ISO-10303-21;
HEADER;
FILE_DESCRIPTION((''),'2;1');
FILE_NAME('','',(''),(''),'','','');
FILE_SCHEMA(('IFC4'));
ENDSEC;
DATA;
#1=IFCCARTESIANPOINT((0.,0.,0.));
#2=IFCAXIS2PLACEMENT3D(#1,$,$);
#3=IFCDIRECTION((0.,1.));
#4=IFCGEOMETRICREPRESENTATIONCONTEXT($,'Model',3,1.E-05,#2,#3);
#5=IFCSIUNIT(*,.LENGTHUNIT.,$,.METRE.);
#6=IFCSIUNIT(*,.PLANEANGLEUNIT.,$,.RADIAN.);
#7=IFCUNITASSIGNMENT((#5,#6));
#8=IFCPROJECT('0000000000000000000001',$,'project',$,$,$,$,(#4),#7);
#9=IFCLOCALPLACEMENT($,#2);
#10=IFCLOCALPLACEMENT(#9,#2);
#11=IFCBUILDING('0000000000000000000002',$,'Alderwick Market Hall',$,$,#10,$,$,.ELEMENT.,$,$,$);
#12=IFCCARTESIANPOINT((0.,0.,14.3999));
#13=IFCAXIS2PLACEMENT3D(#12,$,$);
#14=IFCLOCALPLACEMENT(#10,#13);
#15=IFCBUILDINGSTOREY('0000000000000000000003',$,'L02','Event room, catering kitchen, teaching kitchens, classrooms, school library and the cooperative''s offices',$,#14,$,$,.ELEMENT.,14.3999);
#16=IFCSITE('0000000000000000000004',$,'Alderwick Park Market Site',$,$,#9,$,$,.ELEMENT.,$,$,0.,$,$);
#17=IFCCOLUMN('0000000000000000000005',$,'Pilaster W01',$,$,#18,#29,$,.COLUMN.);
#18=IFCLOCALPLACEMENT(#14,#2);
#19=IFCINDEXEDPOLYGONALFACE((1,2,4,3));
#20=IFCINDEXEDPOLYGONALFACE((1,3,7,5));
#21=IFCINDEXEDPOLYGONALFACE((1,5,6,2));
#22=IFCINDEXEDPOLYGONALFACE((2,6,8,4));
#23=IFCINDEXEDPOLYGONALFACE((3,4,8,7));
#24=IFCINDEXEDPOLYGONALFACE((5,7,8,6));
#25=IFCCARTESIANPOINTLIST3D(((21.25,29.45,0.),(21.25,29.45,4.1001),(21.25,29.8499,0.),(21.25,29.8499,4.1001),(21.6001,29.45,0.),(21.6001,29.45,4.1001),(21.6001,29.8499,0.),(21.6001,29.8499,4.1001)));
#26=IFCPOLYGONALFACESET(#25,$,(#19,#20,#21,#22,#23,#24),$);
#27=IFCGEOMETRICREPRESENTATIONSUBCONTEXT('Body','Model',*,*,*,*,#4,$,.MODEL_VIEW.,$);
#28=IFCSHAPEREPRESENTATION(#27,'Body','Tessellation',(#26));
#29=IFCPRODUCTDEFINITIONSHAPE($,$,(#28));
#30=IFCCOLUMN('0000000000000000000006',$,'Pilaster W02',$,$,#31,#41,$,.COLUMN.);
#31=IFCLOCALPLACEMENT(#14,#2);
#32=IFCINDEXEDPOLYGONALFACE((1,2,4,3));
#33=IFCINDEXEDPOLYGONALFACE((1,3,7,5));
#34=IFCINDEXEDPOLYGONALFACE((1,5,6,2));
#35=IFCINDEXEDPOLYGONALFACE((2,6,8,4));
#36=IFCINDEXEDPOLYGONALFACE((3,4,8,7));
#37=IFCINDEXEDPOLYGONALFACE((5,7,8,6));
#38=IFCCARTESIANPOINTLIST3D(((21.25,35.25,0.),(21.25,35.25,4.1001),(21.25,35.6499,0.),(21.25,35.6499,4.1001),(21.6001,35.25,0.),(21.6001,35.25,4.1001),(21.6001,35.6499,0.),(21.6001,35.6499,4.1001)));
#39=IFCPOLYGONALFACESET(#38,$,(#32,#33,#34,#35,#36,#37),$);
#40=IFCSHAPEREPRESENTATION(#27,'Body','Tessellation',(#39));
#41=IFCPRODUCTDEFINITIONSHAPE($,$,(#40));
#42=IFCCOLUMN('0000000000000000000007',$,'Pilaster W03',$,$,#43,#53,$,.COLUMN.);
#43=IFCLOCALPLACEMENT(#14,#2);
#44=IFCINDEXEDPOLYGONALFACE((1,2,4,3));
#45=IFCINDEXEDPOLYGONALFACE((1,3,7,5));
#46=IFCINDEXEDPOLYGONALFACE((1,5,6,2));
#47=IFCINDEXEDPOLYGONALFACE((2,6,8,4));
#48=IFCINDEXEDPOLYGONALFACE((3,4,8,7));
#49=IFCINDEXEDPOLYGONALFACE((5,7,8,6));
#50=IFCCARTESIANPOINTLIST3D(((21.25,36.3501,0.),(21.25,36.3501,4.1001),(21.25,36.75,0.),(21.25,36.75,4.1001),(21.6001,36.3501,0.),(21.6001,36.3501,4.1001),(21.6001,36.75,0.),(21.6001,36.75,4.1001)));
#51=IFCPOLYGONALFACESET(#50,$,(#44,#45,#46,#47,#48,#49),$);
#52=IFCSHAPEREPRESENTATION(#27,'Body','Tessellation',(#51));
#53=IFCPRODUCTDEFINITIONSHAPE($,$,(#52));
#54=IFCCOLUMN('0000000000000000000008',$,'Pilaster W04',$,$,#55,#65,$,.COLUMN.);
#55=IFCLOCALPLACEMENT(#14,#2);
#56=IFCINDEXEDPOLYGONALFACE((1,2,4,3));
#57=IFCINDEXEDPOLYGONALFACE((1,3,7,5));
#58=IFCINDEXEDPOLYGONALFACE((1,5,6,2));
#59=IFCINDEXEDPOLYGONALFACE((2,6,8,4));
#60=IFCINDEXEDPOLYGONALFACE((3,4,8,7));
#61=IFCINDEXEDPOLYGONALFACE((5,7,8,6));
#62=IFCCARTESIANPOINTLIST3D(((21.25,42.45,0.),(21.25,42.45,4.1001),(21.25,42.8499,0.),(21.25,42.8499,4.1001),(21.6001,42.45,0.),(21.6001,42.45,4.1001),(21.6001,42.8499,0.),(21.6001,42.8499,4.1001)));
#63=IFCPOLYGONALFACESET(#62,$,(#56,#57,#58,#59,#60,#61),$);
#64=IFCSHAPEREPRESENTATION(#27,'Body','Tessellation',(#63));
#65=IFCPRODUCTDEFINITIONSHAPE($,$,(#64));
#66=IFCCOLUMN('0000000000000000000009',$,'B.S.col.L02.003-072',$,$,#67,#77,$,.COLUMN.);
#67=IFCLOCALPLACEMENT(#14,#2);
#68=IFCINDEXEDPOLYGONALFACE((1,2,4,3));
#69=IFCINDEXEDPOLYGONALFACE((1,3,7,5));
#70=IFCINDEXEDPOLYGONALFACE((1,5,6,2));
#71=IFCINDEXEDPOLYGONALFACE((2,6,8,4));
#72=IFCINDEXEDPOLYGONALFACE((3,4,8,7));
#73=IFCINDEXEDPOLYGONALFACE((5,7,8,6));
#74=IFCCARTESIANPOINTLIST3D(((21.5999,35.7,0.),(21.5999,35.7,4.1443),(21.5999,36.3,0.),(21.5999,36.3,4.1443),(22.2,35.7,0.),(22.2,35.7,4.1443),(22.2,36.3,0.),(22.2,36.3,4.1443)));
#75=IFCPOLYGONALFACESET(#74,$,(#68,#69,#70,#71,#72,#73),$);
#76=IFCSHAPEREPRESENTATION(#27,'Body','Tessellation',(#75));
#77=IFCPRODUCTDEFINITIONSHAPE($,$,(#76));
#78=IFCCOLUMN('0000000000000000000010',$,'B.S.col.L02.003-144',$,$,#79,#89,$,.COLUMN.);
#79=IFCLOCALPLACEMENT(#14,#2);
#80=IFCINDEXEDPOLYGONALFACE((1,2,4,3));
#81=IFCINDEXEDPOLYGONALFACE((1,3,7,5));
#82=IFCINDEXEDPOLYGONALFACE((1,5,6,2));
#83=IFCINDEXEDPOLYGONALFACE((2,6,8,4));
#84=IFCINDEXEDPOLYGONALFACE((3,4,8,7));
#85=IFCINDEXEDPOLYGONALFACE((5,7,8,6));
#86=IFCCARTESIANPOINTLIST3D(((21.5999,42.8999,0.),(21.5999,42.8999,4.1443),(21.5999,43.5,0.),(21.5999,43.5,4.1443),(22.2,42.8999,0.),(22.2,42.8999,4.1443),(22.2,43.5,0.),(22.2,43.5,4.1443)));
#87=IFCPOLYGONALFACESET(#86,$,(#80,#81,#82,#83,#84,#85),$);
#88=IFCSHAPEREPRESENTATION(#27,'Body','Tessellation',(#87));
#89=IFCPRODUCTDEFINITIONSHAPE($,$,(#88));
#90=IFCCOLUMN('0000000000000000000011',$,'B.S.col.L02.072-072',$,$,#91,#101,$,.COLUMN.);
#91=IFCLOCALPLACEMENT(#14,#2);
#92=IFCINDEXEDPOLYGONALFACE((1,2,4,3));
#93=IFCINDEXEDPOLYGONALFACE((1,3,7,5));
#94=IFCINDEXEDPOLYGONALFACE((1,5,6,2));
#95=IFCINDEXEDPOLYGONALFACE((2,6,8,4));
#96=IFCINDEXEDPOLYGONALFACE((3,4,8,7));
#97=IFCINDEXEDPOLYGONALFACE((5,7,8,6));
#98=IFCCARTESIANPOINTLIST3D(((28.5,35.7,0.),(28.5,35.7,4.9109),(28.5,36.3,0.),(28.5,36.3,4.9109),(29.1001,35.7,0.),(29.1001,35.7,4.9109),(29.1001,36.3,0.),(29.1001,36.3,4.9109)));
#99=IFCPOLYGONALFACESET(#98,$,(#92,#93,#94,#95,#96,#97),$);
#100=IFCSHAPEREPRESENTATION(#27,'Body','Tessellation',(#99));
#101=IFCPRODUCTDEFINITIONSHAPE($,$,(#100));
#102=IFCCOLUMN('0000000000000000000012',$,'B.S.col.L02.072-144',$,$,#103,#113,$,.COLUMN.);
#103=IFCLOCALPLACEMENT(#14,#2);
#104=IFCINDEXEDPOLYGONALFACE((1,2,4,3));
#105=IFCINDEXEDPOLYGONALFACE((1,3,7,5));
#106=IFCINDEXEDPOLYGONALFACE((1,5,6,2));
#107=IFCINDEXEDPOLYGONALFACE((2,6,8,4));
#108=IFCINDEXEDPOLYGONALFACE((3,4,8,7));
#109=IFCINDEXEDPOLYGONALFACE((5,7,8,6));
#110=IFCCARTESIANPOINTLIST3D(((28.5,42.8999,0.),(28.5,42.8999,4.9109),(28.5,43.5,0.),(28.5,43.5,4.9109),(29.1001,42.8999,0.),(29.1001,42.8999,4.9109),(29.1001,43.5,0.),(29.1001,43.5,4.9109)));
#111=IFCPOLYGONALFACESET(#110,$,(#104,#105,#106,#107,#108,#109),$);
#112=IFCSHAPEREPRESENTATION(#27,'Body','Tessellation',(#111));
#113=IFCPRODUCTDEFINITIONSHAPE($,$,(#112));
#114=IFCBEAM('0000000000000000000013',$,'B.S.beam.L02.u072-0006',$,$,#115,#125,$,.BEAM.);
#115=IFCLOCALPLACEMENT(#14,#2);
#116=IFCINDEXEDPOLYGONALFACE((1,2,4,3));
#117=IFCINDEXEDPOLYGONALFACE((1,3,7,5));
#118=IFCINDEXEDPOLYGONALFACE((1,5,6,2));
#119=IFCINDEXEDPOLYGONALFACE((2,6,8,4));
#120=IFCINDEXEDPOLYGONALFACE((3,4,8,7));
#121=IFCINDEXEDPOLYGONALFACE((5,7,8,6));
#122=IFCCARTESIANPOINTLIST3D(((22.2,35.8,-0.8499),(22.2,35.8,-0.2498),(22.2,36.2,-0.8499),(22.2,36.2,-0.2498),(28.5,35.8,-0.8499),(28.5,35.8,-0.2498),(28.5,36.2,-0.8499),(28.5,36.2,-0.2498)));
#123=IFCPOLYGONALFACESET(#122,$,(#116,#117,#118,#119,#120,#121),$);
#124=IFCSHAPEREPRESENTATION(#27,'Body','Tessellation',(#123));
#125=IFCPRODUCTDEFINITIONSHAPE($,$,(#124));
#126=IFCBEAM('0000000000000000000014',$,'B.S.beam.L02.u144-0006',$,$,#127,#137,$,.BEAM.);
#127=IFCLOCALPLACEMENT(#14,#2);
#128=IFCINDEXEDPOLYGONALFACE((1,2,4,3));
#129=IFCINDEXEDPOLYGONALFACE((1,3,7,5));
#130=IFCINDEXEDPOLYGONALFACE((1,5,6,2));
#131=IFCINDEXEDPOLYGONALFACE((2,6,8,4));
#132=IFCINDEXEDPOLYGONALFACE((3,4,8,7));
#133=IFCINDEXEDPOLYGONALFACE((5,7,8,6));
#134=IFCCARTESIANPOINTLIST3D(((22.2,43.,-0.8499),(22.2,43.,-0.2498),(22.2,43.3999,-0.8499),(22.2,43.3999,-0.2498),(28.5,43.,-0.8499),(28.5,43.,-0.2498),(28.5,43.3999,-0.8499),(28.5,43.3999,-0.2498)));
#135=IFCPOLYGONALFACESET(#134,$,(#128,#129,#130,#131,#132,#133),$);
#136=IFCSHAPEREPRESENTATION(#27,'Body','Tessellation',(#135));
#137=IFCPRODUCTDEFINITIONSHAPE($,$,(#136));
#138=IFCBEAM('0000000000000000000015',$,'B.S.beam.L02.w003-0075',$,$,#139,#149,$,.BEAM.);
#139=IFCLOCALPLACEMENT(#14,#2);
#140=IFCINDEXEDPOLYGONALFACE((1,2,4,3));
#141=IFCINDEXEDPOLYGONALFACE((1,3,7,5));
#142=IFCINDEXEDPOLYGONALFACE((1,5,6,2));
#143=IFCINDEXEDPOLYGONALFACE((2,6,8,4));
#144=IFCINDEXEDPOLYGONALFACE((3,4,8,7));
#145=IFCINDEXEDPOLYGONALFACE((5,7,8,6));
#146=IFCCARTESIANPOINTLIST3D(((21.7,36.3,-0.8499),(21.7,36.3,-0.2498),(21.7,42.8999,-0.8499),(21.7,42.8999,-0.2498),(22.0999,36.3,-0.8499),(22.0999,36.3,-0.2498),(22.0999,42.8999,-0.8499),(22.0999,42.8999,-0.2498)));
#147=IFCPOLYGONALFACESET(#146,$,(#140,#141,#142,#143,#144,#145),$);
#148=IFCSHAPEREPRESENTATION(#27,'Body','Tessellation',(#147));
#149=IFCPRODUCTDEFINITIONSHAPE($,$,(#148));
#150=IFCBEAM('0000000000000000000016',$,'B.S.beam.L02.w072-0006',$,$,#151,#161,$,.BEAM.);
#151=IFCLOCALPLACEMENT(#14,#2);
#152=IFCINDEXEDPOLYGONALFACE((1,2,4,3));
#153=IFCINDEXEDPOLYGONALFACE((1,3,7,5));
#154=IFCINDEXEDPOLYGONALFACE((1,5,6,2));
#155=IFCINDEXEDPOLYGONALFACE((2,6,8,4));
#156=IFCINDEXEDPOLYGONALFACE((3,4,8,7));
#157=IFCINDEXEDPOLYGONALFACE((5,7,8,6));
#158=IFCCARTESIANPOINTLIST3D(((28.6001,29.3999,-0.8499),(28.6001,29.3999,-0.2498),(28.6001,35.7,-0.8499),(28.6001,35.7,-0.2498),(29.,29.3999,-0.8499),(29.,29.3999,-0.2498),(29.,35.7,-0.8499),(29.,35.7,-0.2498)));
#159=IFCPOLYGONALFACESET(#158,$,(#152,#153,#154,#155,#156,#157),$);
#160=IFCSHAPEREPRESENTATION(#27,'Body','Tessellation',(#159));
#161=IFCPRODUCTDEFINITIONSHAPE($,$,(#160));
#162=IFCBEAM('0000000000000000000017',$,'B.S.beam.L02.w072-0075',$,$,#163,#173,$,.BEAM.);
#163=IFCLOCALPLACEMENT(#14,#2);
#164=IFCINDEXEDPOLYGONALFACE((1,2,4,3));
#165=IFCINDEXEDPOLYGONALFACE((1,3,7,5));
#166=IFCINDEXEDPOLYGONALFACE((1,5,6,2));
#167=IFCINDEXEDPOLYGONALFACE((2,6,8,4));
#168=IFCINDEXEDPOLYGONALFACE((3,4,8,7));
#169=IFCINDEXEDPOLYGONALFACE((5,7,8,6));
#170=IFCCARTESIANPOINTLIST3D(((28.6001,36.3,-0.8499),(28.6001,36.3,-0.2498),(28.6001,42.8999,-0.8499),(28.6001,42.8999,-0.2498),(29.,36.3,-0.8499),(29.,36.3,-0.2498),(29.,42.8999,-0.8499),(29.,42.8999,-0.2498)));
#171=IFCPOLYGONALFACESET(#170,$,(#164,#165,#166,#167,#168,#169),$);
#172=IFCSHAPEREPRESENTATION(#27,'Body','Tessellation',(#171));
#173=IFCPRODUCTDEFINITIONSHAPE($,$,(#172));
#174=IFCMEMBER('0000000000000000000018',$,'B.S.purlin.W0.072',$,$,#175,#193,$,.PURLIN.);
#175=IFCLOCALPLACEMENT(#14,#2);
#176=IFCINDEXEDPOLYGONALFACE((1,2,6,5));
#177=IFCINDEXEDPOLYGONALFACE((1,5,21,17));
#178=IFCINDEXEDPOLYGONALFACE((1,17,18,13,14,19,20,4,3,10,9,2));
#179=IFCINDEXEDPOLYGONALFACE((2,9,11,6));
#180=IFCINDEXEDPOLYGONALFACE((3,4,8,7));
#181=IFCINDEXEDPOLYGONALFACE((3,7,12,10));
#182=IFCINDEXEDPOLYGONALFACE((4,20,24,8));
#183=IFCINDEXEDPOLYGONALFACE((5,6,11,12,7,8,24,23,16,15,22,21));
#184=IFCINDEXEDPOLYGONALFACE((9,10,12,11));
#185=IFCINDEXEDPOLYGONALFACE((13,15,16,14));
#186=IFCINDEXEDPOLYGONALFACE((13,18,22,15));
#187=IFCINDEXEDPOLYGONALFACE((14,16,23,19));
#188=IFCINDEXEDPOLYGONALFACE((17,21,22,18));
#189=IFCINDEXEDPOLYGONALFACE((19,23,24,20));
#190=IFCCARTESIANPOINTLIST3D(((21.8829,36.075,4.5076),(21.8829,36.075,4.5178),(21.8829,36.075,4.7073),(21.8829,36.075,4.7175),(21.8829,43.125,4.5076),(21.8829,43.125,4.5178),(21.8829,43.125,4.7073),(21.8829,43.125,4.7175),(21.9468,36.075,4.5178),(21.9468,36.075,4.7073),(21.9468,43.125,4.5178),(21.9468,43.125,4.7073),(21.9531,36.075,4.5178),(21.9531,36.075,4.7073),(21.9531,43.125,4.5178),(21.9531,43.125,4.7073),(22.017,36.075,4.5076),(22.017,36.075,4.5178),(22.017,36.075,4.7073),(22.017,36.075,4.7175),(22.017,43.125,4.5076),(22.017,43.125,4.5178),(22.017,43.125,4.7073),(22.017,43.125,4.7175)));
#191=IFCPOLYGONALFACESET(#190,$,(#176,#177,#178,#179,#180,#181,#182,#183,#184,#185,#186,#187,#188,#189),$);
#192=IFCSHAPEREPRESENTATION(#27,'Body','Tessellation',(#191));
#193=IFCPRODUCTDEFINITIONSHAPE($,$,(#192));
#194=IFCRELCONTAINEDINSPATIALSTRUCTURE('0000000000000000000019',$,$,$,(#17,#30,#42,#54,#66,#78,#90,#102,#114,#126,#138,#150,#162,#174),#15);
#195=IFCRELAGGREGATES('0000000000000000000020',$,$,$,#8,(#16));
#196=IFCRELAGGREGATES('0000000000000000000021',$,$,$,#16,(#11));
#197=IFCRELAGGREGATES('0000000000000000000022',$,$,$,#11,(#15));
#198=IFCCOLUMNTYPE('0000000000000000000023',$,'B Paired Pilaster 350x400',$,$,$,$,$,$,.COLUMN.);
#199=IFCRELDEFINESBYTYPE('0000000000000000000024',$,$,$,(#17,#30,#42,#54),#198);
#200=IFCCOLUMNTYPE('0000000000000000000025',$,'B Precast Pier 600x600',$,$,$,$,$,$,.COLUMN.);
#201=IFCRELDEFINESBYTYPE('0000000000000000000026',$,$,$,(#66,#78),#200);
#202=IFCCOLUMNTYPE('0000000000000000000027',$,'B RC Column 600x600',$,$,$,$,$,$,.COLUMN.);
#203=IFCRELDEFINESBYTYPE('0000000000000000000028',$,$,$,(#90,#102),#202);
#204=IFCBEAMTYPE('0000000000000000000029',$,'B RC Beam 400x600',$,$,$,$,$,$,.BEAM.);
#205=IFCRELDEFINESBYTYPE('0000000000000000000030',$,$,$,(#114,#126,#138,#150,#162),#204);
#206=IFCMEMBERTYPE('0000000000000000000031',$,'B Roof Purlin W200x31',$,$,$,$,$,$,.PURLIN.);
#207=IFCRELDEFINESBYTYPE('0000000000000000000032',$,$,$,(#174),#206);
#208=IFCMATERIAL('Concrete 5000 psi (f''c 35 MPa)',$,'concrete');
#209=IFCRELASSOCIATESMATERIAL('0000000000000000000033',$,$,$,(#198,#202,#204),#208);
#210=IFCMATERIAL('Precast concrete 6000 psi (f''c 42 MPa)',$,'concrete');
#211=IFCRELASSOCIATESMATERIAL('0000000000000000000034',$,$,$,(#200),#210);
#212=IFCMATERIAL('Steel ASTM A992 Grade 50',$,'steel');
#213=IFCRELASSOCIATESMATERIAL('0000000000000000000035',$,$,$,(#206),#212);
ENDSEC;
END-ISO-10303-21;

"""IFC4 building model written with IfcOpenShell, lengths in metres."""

from ifc_helpers import new_model, si_unit, direction, frame, origin, origin_2d, place, context, subcontext, project, spatial, rectangle, i_section, extrude, material, material_profile, profile_set, type_object, element, save


model = new_model("IFC4")

# Units and contexts
model_context = context("Model", 3, precision=1e-05, world=origin(), true_north=direction((0.0, 1.0)))
body_context = subcontext(model_context, "Body", "Model", "MODEL_VIEW")
ifc_project = project(units=[si_unit("LENGTHUNIT", "METRE"), si_unit("PLANEANGLEUNIT", "RADIAN")], contexts=[model_context])

# Site, building, storey
site_placement = place(None, origin())
site = spatial("IfcSite", under=ifc_project, at=site_placement, Name="Alderwick Park Market Site", CompositionType="ELEMENT", RefElevation=0.0)
building_placement = place(site_placement, origin())
building = spatial("IfcBuilding", under=site, at=building_placement, Name="Alderwick Market Hall", CompositionType="ELEMENT")
storey_placement = place(building_placement, frame((0.0, 0.0, 14.3999)))
storey = spatial("IfcBuildingStorey", under=building, at=storey_placement, Name="L02", Description="Event room, catering kitchen, teaching kitchens, classrooms, school library and the cooperative's offices", CompositionType="ELEMENT", Elevation=14.3999)

# Columns
ifc_material_1 = material(Name="Concrete 5000 psi (f'c 35 MPa)", Category="concrete")
ifc_material_profile_1 = material_profile(ifc_material_1, rectangle(XDim=0.3501, YDim=0.3999, at=origin_2d()), Name="B Paired Pilaster 350x400")
ifc_profile_set_1 = profile_set([ifc_material_profile_1], Name="Concrete 5000 psi (f'c 35 MPa)")
column_type_1 = type_object("IfcColumnType", Name="B Paired Pilaster 350x400", PredefinedType="COLUMN", material=ifc_profile_set_1)
for number, where, z_axis, x_axis, name in (
    (1, (21.425, 29.6499, 0.0), (0.0, 0.0, 1.0), (1.0, 0.0, 0.0), "Pilaster W01"),
    (2, (21.425, 35.45, 0.0), (0.0, 0.0, 1.0), (1.0, 0.0, 0.0), "Pilaster W02"),
    (3, (21.425, 36.55, 0.0), (0.0, 0.0, 1.0), (1.0, 0.0, 0.0), "Pilaster W03"),
    (4, (21.425, 42.6499, 0.0), (0.0, 0.0, 1.0), (1.0, 0.0, 0.0), "Pilaster W04"),
):
    element("IfcColumn", number, at=place(storey_placement, frame(where, z_axis=z_axis, x_axis=x_axis)), inside=storey, type_object=column_type_1, Name=name, PredefinedType="COLUMN", context=body_context, shape_type="SweptSolid", body=[
        extrude(rectangle(XDim=0.3501, YDim=0.3999, at=origin_2d()), origin(), (0.0, 0.0, 1.0), 4.1001),
    ])
ifc_material_2 = material(Name="Precast concrete 6000 psi (f'c 42 MPa)", Category="concrete")
ifc_material_profile_2 = material_profile(ifc_material_2, rectangle(XDim=0.6001, YDim=0.6001, at=origin_2d()), Name="B Precast Pier 600x600")
ifc_profile_set_2 = profile_set([ifc_material_profile_2], Name="Precast concrete 6000 psi (f'c 42 MPa)")
column_type_2 = type_object("IfcColumnType", Name="B Precast Pier 600x600", PredefinedType="COLUMN", material=ifc_profile_set_2)
for number, where, z_axis, x_axis, name in (
    (5, (21.8999, 36.0, 0.0), (0.0, 0.0, 1.0), (1.0, 0.0, 0.0), "B.S.col.L02.003-072"),
    (6, (21.8999, 43.2, 0.0), (0.0, 0.0, 1.0), (1.0, 0.0, 0.0), "B.S.col.L02.003-144"),
):
    element("IfcColumn", number, at=place(storey_placement, frame(where, z_axis=z_axis, x_axis=x_axis)), inside=storey, type_object=column_type_2, Name=name, PredefinedType="COLUMN", context=body_context, shape_type="SweptSolid", body=[
        extrude(rectangle(XDim=0.6001, YDim=0.6001, at=origin_2d()), origin(), (0.0, 0.0, 1.0), 4.1443),
    ])
ifc_material_profile_3 = material_profile(ifc_material_1, rectangle(XDim=0.6001, YDim=0.6001, at=origin_2d()), Name="B RC Column 600x600")
ifc_profile_set_3 = profile_set([ifc_material_profile_3], Name="Concrete 5000 psi (f'c 35 MPa)")
column_type_3 = type_object("IfcColumnType", Name="B RC Column 600x600", PredefinedType="COLUMN", material=ifc_profile_set_3)
for number, where, z_axis, x_axis, name in (
    (7, (28.8, 36.0, 0.0), (0.0, 0.0, 1.0), (1.0, 0.0, 0.0), "B.S.col.L02.072-072"),
    (8, (28.8, 43.2, 0.0), (0.0, 0.0, 1.0), (1.0, 0.0, 0.0), "B.S.col.L02.072-144"),
):
    element("IfcColumn", number, at=place(storey_placement, frame(where, z_axis=z_axis, x_axis=x_axis)), inside=storey, type_object=column_type_3, Name=name, PredefinedType="COLUMN", context=body_context, shape_type="SweptSolid", body=[
        extrude(rectangle(XDim=0.6001, YDim=0.6001, at=origin_2d()), origin(), (0.0, 0.0, 1.0), 4.9109),
    ])

# Beams
ifc_material_profile_4 = material_profile(ifc_material_1, rectangle(XDim=0.3999, YDim=0.6001, at=origin_2d()), Name="B RC Beam 400x600")
ifc_profile_set_4 = profile_set([ifc_material_profile_4], Name="Concrete 5000 psi (f'c 35 MPa)")
beam_type_1 = type_object("IfcBeamType", Name="B RC Beam 400x600", PredefinedType="BEAM", material=ifc_profile_set_4)
for number, where, z_axis, x_axis, name in (
    (9, (22.2, 36.0, -0.5498), (1.0, 0.0, 0.0), (0.0, 1.0, 0.0), "B.S.beam.L02.u072-0006"),
    (10, (22.2, 43.2, -0.5498), (1.0, 0.0, 0.0), (0.0, 1.0, 0.0), "B.S.beam.L02.u144-0006"),
):
    element("IfcBeam", number, at=place(storey_placement, frame(where, z_axis=z_axis, x_axis=x_axis)), inside=storey, type_object=beam_type_1, Name=name, PredefinedType="BEAM", context=body_context, shape_type="SweptSolid", body=[
        extrude(rectangle(XDim=0.3999, YDim=0.6001, at=origin_2d()), origin(), (0.0, 0.0, 1.0), 6.3),
    ])
beam_1_placement = place(storey_placement, frame((21.8999, 36.3, -0.5498), z_axis=(0.0, 1.0, 0.0), x_axis=(-1.0, 0.0, 0.0)))
element("IfcBeam", 11, at=beam_1_placement, inside=storey, type_object=beam_type_1, Name="B.S.beam.L02.w003-0075", PredefinedType="BEAM", context=body_context, shape_type="SweptSolid", body=[
    extrude(rectangle(XDim=0.3999, YDim=0.6001, at=origin_2d()), origin(), (0.0, 0.0, 1.0), 6.5999),
])
beam_2_placement = place(storey_placement, frame((28.8, 29.3999, -0.5498), z_axis=(0.0, 1.0, 0.0), x_axis=(-1.0, 0.0, 0.0)))
element("IfcBeam", 12, at=beam_2_placement, inside=storey, type_object=beam_type_1, Name="B.S.beam.L02.w072-0006", PredefinedType="BEAM", context=body_context, shape_type="SweptSolid", body=[
    extrude(rectangle(XDim=0.3999, YDim=0.6001, at=origin_2d()), origin(), (0.0, 0.0, 1.0), 6.3),
])
beam_3_placement = place(storey_placement, frame((28.8, 36.3, -0.5498), z_axis=(0.0, 1.0, 0.0), x_axis=(-1.0, 0.0, 0.0)))
element("IfcBeam", 13, at=beam_3_placement, inside=storey, type_object=beam_type_1, Name="B.S.beam.L02.w072-0075", PredefinedType="BEAM", context=body_context, shape_type="SweptSolid", body=[
    extrude(rectangle(XDim=0.3999, YDim=0.6001, at=origin_2d()), origin(), (0.0, 0.0, 1.0), 6.5999),
])

# Member
ifc_material_3 = material(Name="Steel ASTM A992 Grade 50", Category="steel")
ifc_material_profile_5 = material_profile(ifc_material_3, i_section(OverallWidth=0.134, OverallDepth=0.21, WebThickness=0.0063, FlangeThickness=0.0103, at=origin_2d()), Name="W200x31")
ifc_profile_set_5 = profile_set([ifc_material_profile_5], Name="Steel ASTM A992 Grade 50")
member_type = type_object("IfcMemberType", Name="B Roof Purlin W200x31", PredefinedType="PURLIN", material=ifc_profile_set_5)
for number, where, z_axis, x_axis, name in (
    (14, (21.95, 36.075, 4.6125), (0.0, 1.0, 0.0), (-1.0, 0.0, 0.0), "B.S.purlin.W0.072"),
):
    element("IfcMember", number, at=place(storey_placement, frame(where, z_axis=z_axis, x_axis=x_axis)), inside=storey, type_object=member_type, Name=name, PredefinedType="PURLIN", context=body_context, shape_type="SweptSolid", body=[
        extrude(i_section(OverallWidth=0.134, OverallDepth=0.21, WebThickness=0.0063, FlangeThickness=0.0103, at=origin_2d()), origin(), (0.0, 0.0, 1.0), 7.05),
    ])

save(model, "model.ifc")
